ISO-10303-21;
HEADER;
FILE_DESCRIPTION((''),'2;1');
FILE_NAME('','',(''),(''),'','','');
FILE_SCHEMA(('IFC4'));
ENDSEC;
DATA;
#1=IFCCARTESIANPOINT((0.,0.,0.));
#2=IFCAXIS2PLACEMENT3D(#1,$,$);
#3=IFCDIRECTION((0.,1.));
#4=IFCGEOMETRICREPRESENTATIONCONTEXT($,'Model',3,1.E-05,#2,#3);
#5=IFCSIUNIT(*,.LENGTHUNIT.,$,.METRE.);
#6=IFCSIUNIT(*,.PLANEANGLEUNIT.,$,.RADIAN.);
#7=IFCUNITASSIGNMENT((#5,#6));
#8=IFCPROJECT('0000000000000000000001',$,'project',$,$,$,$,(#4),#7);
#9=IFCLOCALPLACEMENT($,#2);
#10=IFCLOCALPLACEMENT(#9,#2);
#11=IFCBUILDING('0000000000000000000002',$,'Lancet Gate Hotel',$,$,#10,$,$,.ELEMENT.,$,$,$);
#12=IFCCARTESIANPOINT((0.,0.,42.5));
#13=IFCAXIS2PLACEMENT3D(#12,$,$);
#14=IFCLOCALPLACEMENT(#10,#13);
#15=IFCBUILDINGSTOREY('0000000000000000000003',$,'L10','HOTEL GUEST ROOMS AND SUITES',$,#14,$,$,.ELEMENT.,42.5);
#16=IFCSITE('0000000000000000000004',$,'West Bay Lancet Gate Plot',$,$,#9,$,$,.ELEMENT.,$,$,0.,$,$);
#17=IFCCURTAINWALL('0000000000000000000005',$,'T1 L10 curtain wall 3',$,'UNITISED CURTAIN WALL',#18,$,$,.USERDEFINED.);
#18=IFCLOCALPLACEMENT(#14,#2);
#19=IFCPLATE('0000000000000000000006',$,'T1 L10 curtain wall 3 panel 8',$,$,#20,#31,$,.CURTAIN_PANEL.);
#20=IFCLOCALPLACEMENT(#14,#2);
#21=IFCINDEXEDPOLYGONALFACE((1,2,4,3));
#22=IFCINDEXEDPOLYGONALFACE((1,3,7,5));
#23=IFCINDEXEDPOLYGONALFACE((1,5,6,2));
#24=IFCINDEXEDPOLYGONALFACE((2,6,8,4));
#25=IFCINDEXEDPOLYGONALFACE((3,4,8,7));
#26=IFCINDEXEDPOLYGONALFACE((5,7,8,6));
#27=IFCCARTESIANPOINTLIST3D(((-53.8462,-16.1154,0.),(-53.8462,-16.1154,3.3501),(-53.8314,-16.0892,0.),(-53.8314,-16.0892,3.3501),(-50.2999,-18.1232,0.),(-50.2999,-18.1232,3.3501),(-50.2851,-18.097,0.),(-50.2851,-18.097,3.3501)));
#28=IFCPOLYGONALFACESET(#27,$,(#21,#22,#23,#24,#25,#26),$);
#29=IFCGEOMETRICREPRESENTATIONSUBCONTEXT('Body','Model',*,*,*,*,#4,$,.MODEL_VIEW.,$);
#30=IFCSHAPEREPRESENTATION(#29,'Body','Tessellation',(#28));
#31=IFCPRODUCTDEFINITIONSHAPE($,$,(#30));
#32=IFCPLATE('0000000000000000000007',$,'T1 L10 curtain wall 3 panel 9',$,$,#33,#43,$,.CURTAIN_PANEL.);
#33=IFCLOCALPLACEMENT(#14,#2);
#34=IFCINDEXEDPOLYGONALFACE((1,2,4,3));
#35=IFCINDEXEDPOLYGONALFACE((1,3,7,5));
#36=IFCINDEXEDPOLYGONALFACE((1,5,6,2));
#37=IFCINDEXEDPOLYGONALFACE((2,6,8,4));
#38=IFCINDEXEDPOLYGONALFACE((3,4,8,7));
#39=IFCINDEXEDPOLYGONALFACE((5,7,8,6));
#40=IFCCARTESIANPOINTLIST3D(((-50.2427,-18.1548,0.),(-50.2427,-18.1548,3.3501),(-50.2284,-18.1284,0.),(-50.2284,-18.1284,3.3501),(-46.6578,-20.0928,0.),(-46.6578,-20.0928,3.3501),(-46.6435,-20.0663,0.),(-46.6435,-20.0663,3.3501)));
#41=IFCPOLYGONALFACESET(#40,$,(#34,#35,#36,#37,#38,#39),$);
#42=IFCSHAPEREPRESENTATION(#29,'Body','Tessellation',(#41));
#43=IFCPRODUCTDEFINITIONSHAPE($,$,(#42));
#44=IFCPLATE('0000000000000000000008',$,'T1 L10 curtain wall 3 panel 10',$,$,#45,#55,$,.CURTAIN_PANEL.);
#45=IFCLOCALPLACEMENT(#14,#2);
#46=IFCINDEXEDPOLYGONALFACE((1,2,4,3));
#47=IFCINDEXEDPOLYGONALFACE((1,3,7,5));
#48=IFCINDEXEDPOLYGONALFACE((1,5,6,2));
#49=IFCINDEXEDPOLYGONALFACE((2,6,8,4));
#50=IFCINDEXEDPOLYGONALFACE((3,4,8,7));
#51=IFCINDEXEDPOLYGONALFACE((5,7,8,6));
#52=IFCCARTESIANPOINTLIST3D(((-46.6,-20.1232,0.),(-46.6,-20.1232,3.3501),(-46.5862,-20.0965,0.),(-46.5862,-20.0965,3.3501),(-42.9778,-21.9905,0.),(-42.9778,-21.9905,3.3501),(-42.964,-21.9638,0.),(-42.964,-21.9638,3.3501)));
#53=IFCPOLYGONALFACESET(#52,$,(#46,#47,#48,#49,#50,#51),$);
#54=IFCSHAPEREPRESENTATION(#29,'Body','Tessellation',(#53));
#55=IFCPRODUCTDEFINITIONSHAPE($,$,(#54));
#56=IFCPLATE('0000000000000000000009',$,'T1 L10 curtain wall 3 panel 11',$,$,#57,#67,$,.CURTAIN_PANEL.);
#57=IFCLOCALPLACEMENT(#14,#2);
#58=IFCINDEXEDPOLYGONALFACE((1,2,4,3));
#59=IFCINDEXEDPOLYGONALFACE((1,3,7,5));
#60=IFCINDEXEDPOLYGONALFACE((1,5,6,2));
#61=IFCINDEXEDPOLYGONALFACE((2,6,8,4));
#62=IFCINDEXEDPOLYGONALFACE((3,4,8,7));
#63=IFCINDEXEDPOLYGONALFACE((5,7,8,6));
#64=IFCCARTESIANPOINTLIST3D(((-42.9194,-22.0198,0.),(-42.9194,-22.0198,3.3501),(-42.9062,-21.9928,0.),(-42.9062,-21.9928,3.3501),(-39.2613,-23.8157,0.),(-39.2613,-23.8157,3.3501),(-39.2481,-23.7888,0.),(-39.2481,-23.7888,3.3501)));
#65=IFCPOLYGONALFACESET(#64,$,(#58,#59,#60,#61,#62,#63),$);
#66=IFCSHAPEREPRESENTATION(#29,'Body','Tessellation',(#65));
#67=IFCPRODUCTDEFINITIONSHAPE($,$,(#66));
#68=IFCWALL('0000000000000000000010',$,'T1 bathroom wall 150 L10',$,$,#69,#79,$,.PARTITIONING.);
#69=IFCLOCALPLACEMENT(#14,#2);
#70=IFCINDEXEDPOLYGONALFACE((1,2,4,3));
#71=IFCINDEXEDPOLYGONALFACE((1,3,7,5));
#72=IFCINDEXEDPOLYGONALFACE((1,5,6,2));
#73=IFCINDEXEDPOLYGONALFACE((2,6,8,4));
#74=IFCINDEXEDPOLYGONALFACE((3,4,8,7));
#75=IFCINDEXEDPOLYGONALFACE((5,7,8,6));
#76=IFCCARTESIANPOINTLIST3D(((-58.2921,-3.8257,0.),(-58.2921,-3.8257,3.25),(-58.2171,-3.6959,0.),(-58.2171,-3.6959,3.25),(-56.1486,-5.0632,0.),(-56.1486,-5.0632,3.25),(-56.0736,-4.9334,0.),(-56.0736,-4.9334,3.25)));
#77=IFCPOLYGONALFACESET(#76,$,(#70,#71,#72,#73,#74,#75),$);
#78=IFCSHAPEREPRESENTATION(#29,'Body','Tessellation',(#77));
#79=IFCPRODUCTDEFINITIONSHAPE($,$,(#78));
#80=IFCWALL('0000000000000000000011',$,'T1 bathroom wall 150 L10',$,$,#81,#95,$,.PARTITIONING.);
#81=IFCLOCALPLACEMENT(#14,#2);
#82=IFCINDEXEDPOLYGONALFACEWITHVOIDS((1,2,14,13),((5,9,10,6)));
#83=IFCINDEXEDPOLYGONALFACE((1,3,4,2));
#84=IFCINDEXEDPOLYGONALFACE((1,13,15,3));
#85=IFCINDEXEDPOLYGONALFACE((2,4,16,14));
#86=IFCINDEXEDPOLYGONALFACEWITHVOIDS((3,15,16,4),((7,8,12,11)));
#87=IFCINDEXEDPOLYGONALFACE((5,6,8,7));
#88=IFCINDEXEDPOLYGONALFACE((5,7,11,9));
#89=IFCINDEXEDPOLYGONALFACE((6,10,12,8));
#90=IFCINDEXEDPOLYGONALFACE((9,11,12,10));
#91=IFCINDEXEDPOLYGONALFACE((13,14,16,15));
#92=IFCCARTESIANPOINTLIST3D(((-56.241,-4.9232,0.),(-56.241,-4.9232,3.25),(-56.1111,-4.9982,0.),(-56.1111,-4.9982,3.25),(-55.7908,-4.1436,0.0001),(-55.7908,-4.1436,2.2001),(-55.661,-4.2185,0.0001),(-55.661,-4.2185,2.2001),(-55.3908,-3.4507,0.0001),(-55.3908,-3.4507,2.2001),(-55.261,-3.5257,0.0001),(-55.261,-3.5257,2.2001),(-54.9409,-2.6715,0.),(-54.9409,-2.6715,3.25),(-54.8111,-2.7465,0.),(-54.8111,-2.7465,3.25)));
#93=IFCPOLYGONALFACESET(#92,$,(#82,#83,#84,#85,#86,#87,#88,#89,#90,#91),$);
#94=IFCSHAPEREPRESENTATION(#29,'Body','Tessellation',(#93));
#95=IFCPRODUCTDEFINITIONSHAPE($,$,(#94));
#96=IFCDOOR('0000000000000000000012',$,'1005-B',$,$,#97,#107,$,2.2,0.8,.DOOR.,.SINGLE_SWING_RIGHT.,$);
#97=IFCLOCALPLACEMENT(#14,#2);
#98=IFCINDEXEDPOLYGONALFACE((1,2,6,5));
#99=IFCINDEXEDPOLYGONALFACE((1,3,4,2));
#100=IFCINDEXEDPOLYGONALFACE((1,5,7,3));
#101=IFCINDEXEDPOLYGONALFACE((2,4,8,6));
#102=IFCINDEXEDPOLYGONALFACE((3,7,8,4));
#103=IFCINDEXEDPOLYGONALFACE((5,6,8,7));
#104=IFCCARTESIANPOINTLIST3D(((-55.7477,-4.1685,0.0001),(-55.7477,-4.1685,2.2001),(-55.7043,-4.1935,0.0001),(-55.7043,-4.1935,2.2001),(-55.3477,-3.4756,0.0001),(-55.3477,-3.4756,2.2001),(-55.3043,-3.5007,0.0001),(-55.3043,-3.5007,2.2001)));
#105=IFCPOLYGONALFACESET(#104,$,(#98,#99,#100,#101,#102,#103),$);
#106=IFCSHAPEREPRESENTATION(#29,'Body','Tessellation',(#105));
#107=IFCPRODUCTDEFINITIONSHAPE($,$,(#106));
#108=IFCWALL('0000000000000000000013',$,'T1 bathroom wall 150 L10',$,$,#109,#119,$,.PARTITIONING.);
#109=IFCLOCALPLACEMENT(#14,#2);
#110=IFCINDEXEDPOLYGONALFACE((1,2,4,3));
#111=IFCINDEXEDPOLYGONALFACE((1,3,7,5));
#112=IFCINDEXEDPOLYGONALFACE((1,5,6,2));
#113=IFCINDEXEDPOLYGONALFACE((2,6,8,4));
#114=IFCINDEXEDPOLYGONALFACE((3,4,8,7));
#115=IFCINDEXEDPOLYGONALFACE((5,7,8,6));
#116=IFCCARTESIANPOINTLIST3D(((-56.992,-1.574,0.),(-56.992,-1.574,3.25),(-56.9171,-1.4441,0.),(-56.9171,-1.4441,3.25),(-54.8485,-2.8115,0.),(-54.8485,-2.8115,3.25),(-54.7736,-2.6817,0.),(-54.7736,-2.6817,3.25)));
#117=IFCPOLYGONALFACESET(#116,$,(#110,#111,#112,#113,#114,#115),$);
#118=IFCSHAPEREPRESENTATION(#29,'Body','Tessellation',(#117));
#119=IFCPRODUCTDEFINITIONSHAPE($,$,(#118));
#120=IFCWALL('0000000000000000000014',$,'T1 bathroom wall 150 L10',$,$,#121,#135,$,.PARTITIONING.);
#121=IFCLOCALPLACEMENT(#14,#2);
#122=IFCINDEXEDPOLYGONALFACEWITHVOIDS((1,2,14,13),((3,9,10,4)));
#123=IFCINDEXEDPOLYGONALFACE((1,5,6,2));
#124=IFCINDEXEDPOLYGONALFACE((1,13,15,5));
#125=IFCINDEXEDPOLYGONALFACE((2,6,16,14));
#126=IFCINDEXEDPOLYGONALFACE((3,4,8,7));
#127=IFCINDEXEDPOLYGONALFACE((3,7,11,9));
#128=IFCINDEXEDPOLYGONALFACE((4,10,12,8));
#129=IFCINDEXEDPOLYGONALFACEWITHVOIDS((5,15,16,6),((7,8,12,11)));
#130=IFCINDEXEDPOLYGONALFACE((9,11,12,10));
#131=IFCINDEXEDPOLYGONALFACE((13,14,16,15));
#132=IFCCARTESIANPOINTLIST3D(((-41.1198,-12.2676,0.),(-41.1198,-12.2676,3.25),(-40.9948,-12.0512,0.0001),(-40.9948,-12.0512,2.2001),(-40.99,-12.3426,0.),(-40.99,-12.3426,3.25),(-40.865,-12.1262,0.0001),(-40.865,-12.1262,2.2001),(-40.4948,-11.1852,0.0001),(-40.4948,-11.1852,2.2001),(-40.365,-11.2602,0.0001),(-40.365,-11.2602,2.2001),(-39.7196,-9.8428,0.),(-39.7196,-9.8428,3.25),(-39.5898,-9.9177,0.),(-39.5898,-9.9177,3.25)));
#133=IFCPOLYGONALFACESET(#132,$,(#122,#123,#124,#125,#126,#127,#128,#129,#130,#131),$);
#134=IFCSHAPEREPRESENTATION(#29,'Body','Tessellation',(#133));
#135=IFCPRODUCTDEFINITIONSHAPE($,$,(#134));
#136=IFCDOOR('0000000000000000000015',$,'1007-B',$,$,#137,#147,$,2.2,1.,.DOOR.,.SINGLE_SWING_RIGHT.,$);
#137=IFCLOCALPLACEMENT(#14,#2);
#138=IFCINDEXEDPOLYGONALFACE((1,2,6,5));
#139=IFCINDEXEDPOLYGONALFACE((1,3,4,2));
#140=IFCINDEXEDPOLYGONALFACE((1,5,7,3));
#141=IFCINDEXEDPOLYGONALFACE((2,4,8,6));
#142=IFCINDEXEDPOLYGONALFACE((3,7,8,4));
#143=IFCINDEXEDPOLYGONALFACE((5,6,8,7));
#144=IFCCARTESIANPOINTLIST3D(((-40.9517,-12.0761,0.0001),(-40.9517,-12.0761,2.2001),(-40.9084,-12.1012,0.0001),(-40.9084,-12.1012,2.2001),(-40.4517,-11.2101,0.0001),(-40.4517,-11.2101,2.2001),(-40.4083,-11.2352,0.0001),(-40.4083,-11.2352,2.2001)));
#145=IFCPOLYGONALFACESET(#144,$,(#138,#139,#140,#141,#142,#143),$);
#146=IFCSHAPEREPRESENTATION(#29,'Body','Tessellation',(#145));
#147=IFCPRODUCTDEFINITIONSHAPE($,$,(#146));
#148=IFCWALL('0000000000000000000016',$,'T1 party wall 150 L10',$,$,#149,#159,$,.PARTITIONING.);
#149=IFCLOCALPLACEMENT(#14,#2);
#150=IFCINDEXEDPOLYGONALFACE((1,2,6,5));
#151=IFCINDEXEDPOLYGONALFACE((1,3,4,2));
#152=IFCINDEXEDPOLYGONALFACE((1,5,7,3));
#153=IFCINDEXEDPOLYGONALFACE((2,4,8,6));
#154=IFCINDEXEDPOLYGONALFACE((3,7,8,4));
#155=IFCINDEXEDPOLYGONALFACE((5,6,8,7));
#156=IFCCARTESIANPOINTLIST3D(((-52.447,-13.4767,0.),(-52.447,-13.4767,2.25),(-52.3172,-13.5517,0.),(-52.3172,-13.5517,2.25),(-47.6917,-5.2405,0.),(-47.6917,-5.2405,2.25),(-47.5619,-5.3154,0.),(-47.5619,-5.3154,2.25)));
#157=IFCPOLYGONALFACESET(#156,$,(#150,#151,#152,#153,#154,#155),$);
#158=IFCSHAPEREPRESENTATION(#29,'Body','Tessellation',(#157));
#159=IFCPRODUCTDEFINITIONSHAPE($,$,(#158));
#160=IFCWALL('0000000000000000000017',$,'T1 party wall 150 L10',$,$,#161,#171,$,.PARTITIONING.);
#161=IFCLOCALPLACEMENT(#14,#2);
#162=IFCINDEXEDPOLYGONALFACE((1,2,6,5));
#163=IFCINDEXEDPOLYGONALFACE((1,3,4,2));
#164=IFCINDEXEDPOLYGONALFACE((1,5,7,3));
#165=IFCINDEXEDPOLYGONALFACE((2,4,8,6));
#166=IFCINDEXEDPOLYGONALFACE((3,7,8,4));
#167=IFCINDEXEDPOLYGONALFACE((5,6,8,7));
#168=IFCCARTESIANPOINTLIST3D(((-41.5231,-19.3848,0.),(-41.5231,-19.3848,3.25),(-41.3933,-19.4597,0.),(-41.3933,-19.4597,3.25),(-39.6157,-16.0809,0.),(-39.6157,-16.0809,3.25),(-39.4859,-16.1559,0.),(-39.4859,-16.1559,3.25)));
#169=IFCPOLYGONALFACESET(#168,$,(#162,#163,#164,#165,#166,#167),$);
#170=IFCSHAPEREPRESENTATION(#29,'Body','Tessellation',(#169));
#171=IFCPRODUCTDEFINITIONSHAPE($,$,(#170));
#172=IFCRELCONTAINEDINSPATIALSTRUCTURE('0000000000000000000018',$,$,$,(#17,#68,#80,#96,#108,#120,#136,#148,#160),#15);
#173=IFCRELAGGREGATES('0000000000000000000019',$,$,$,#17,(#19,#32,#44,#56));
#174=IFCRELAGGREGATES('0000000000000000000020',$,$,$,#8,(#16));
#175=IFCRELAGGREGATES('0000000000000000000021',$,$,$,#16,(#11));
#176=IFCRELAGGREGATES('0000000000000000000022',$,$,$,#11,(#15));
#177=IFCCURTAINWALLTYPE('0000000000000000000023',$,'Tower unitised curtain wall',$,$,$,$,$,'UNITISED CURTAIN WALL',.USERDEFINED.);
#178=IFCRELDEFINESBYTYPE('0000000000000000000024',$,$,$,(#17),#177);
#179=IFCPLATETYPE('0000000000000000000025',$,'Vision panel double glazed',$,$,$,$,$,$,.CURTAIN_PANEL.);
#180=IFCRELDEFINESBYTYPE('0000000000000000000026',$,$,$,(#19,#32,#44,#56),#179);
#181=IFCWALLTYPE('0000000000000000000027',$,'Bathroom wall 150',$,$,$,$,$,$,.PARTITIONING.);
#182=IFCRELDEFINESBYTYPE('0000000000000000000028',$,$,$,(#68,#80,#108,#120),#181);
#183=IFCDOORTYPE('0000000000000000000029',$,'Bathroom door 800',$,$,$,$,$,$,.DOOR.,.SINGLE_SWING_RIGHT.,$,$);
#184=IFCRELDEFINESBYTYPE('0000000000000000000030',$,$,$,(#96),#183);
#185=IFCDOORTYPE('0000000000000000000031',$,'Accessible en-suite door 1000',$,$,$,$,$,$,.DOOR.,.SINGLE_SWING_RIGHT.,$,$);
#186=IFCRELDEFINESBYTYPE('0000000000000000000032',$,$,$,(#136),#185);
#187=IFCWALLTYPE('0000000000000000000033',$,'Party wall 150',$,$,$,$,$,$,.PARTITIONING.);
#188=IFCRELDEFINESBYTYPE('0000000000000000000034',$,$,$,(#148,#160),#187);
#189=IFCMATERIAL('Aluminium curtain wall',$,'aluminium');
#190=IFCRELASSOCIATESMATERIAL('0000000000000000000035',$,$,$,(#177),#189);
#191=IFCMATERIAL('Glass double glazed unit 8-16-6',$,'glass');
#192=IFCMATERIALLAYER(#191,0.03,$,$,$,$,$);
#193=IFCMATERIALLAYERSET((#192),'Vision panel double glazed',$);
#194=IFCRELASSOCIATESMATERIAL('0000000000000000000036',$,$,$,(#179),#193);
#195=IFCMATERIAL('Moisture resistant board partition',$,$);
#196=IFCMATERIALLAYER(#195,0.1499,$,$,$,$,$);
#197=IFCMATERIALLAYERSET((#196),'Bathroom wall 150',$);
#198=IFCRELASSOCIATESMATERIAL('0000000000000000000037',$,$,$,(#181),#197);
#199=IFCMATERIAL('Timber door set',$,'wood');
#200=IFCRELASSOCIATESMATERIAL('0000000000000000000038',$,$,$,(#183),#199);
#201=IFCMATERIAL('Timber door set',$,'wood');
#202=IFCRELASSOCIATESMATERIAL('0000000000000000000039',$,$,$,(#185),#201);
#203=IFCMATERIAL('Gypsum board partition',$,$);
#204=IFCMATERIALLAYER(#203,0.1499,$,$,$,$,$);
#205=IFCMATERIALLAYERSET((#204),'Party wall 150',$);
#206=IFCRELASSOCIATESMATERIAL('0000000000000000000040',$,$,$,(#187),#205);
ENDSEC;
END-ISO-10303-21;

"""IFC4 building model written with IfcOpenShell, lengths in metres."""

from ifc_helpers import new_model, si_unit, direction, frame, frame_2d, origin, origin_2d, place, context, subcontext, project, spatial, rectangle, extrude, material, layer, layer_set, type_object, element, fill, aggregate, save


model = new_model("IFC4")

# Units and contexts
model_context = context("Model", 3, precision=1e-05, world=origin(), true_north=direction((0.0, 1.0)))
body_context = subcontext(model_context, "Body", "Model", "MODEL_VIEW")
ifc_project = project(units=[si_unit("LENGTHUNIT", "METRE"), si_unit("PLANEANGLEUNIT", "RADIAN")], contexts=[model_context])

# Site, building, storey
site_placement = place(None, origin())
site = spatial("IfcSite", under=ifc_project, at=site_placement, Name="West Bay Lancet Gate Plot", CompositionType="ELEMENT", RefElevation=0.0)
building_placement = place(site_placement, origin())
building = spatial("IfcBuilding", under=site, at=building_placement, Name="Lancet Gate Hotel", CompositionType="ELEMENT")
storey_placement = place(building_placement, frame((0.0, 0.0, 42.5)))
storey = spatial("IfcBuildingStorey", under=building, at=storey_placement, Name="L10", Description="HOTEL GUEST ROOMS AND SUITES", CompositionType="ELEMENT", Elevation=42.5)

# Curtain wall
ifc_material_1 = material(Name="Aluminium curtain wall", Category="aluminium")
curtain_wall_type = type_object("IfcCurtainWallType", Name="Tower unitised curtain wall", ElementType="UNITISED CURTAIN WALL", PredefinedType="USERDEFINED", material=ifc_material_1)
curtain_wall_placement = place(storey_placement, origin())
curtain_wall = element("IfcCurtainWall", 1, at=curtain_wall_placement, inside=storey, type_object=curtain_wall_type, Name="T1 L10 curtain wall 3", ObjectType="UNITISED CURTAIN WALL", PredefinedType="USERDEFINED")

# Plates
ifc_material_2 = material(Name="Glass double glazed unit 8-16-6", Category="glass")
ifc_layer_1 = layer(ifc_material_2, 0.03)
ifc_layer_set_1 = layer_set([ifc_layer_1], Name="Vision panel double glazed")
plate_type = type_object("IfcPlateType", Name="Vision panel double glazed", PredefinedType="CURTAIN_PANEL", material=ifc_layer_set_1)
plate_1_placement = place(storey_placement, frame((-52.0657, -17.1062, 0.0), z_axis=(0.0, 0.0, 1.0), x_axis=(0.870205, -0.49269, 0.0)))
plate_1 = element("IfcPlate", 2, at=plate_1_placement, type_object=plate_type, Name="T1 L10 curtain wall 3 panel 8", PredefinedType="CURTAIN_PANEL", context=body_context, shape_type="SweptSolid", body=[
    extrude(rectangle(XDim=4.0752, YDim=0.03, at=origin_2d()), origin(), (0.0, 0.0, 1.0), 3.3501),
])
plate_2_placement = place(storey_placement, frame((-48.4431, -19.1106, 0.0), z_axis=(0.0, 0.0, 1.0), x_axis=(0.879693, -0.475541, 0.0)))
plate_2 = element("IfcPlate", 3, at=plate_2_placement, type_object=plate_type, Name="T1 L10 curtain wall 3 panel 9", PredefinedType="CURTAIN_PANEL", context=body_context, shape_type="SweptSolid", body=[
    extrude(rectangle(XDim=4.0752, YDim=0.03, at=origin_2d()), origin(), (0.0, 0.0, 1.0), 3.3501),
])
plate_3_placement = place(storey_placement, frame((-44.782, -21.0435, 0.0), z_axis=(0.0, 0.0, 1.0), x_axis=(0.888844, -0.45821, 0.0)))
plate_3 = element("IfcPlate", 4, at=plate_3_placement, type_object=plate_type, Name="T1 L10 curtain wall 3 panel 10", PredefinedType="CURTAIN_PANEL", context=body_context, shape_type="SweptSolid", body=[
    extrude(rectangle(XDim=4.0752, YDim=0.03, at=origin_2d()), origin(), (0.0, 0.0, 1.0), 3.3501),
])
plate_4_placement = place(storey_placement, frame((-41.0837, -22.9043, 0.0), z_axis=(0.0, 0.0, 1.0), x_axis=(0.897653, -0.440702, 0.0)))
plate_4 = element("IfcPlate", 5, at=plate_4_placement, type_object=plate_type, Name="T1 L10 curtain wall 3 panel 11", PredefinedType="CURTAIN_PANEL", context=body_context, shape_type="SweptSolid", body=[
    extrude(rectangle(XDim=4.0752, YDim=0.03, at=origin_2d()), origin(), (0.0, 0.0, 1.0), 3.3501),
])
aggregate(curtain_wall, [plate_1, plate_2, plate_3, plate_4])

# Wall
ifc_material_3 = material(Name="Moisture resistant board partition")
ifc_layer_2 = layer(ifc_material_3, 0.1499)
ifc_layer_set_2 = layer_set([ifc_layer_2], Name="Bathroom wall 150")
wall_type_1 = type_object("IfcWallType", Name="Bathroom wall 150", PredefinedType="PARTITIONING", material=ifc_layer_set_2)
wall_1_placement = place(storey_placement, frame((-56.1111, -4.9983, 0.0), z_axis=(0.0, 0.0, 1.0), x_axis=(-0.866031, 0.49999, 0.0)))
element("IfcWall", 6, at=wall_1_placement, inside=storey, type_object=wall_type_1, Name="T1 bathroom wall 150 L10", PredefinedType="PARTITIONING", context=body_context, shape_type="SweptSolid", body=[
    extrude(rectangle(XDim=2.4751, YDim=0.1499, at=frame_2d((1.2375, 0.0))), origin(), (0.0, 0.0, 1.0), 3.25),
])

# Wall, opening, door
wall_2_placement = place(storey_placement, frame((-54.876, -2.709, 0.0), z_axis=(0.0, 0.0, 1.0), x_axis=(-0.500007, -0.866021, 0.0)))
wall_2 = element("IfcWall", 7, at=wall_2_placement, inside=storey, type_object=wall_type_1, Name="T1 bathroom wall 150 L10", PredefinedType="PARTITIONING", context=body_context, shape_type="SweptSolid", body=[
    extrude(rectangle(XDim=2.6001, YDim=0.1499, at=frame_2d((1.3, 0.0))), origin(), (0.0, 0.0, 1.0), 3.25),
])
opening_1_placement = place(wall_2_placement, frame((0.8999, 0.0, 0.0)))
opening_1 = element("IfcOpeningElement", 8, at=opening_1_placement, cuts=wall_2, PredefinedType="OPENING", context=body_context, shape_type="SweptSolid", body=[
    extrude(rectangle(XDim=0.8, YDim=2.2, at=frame_2d((0.3999, 1.1001))), frame((0.0, 0.085, 0.0), z_axis=(0.0, -1.0, 0.0), x_axis=(1.0, 0.0, 0.0)), (0.0, 0.0, 1.0), 0.1699),
])
ifc_material_4 = material(Name="Timber door set", Category="wood")
door_type_1 = type_object("IfcDoorType", Name="Bathroom door 800", OperationType="SINGLE_SWING_RIGHT", PredefinedType="DOOR", material=ifc_material_4)
door_1_placement = place(opening_1_placement, origin())
door_1 = element("IfcDoor", 9, at=door_1_placement, inside=storey, type_object=door_type_1, Name="1005-B", OperationType="SINGLE_SWING_RIGHT", OverallHeight=2.2, OverallWidth=0.8, PredefinedType="DOOR", context=body_context, shape_type="SweptSolid", body=[
    extrude(rectangle(XDim=0.8, YDim=2.2, at=frame_2d((0.3999, 1.1001))), frame((0.0, 0.0249, 0.0), z_axis=(0.0, -1.0, 0.0), x_axis=(1.0, 0.0, 0.0)), (0.0, 0.0, 1.0), 0.05),
])
fill(opening_1, door_1)

# Wall
wall_3_placement = place(storey_placement, frame((-54.811, -2.7466, 0.0), z_axis=(0.0, 0.0, 1.0), x_axis=(-0.866031, 0.49999, 0.0)))
element("IfcWall", 10, at=wall_3_placement, inside=storey, type_object=wall_type_1, Name="T1 bathroom wall 150 L10", PredefinedType="PARTITIONING", context=body_context, shape_type="SweptSolid", body=[
    extrude(rectangle(XDim=2.4751, YDim=0.1499, at=frame_2d((1.2375, 0.0))), origin(), (0.0, 0.0, 1.0), 3.25),
])

# Wall, opening, door
wall_4_placement = place(storey_placement, frame((-39.6548, -9.8804, 0.0), z_axis=(0.0, 0.0, 1.0), x_axis=(-0.50005, -0.865997, 0.0)))
wall_4 = element("IfcWall", 11, at=wall_4_placement, inside=storey, type_object=wall_type_1, Name="T1 bathroom wall 150 L10", PredefinedType="PARTITIONING", context=body_context, shape_type="SweptSolid", body=[
    extrude(rectangle(XDim=2.8, YDim=0.1499, at=frame_2d((1.3999, 0.0))), origin(), (0.0, 0.0, 1.0), 3.25),
])
opening_2_placement = place(wall_4_placement, frame((1.55, 0.0, 0.0)))
opening_2 = element("IfcOpeningElement", 12, at=opening_2_placement, cuts=wall_4, PredefinedType="OPENING", context=body_context, shape_type="SweptSolid", body=[
    extrude(rectangle(XDim=1.0, YDim=2.2, at=frame_2d((0.5, 1.1001))), frame((0.0, 0.085, 0.0), z_axis=(0.0, -1.0, 0.0), x_axis=(1.0, 0.0, 0.0)), (0.0, 0.0, 1.0), 0.1699),
])
ifc_material_5 = material(Name="Timber door set", Category="wood")
door_type_2 = type_object("IfcDoorType", Name="Accessible en-suite door 1000", OperationType="SINGLE_SWING_RIGHT", PredefinedType="DOOR", material=ifc_material_5)
door_2_placement = place(opening_2_placement, origin())
door_2 = element("IfcDoor", 13, at=door_2_placement, inside=storey, type_object=door_type_2, Name="1007-B", OperationType="SINGLE_SWING_RIGHT", OverallHeight=2.2, OverallWidth=1.0, PredefinedType="DOOR", context=body_context, shape_type="SweptSolid", body=[
    extrude(rectangle(XDim=1.0, YDim=2.2, at=frame_2d((0.5, 1.1001))), frame((0.0, 0.0249, 0.0), z_axis=(0.0, -1.0, 0.0), x_axis=(1.0, 0.0, 0.0)), (0.0, 0.0, 1.0), 0.05),
])
fill(opening_2, door_2)

# Walls
ifc_material_6 = material(Name="Gypsum board partition")
ifc_layer_3 = layer(ifc_material_6, 0.1499)
ifc_layer_set_3 = layer_set([ifc_layer_3], Name="Party wall 150")
wall_type_2 = type_object("IfcWallType", Name="Party wall 150", PredefinedType="PARTITIONING", material=ifc_layer_set_3)
wall_5_placement = place(storey_placement, frame((-47.6267, -5.2778, 0.0), z_axis=(0.0, 0.0, 1.0), x_axis=(-0.50001, -0.86602, 0.0)))
element("IfcWall", 14, at=wall_5_placement, inside=storey, type_object=wall_type_2, Name="T1 party wall 150 L10", PredefinedType="PARTITIONING", context=body_context, shape_type="SweptSolid", body=[
    extrude(rectangle(XDim=9.5105, YDim=0.1499, at=frame_2d((4.7554, 0.0))), origin(), (0.0, 0.0, 1.0), 2.25),
])
wall_6_placement = place(storey_placement, frame((-39.5508, -16.1184, 0.0), z_axis=(0.0, 0.0, 1.0), x_axis=(-0.499987, -0.866033, 0.0)))
element("IfcWall", 15, at=wall_6_placement, inside=storey, type_object=wall_type_2, Name="T1 party wall 150 L10", PredefinedType="PARTITIONING", context=body_context, shape_type="SweptSolid", body=[
    extrude(rectangle(XDim=3.8149, YDim=0.1499, at=frame_2d((1.9075, 0.0))), origin(), (0.0, 0.0, 1.0), 3.25),
])

save(model, "model.ifc")
